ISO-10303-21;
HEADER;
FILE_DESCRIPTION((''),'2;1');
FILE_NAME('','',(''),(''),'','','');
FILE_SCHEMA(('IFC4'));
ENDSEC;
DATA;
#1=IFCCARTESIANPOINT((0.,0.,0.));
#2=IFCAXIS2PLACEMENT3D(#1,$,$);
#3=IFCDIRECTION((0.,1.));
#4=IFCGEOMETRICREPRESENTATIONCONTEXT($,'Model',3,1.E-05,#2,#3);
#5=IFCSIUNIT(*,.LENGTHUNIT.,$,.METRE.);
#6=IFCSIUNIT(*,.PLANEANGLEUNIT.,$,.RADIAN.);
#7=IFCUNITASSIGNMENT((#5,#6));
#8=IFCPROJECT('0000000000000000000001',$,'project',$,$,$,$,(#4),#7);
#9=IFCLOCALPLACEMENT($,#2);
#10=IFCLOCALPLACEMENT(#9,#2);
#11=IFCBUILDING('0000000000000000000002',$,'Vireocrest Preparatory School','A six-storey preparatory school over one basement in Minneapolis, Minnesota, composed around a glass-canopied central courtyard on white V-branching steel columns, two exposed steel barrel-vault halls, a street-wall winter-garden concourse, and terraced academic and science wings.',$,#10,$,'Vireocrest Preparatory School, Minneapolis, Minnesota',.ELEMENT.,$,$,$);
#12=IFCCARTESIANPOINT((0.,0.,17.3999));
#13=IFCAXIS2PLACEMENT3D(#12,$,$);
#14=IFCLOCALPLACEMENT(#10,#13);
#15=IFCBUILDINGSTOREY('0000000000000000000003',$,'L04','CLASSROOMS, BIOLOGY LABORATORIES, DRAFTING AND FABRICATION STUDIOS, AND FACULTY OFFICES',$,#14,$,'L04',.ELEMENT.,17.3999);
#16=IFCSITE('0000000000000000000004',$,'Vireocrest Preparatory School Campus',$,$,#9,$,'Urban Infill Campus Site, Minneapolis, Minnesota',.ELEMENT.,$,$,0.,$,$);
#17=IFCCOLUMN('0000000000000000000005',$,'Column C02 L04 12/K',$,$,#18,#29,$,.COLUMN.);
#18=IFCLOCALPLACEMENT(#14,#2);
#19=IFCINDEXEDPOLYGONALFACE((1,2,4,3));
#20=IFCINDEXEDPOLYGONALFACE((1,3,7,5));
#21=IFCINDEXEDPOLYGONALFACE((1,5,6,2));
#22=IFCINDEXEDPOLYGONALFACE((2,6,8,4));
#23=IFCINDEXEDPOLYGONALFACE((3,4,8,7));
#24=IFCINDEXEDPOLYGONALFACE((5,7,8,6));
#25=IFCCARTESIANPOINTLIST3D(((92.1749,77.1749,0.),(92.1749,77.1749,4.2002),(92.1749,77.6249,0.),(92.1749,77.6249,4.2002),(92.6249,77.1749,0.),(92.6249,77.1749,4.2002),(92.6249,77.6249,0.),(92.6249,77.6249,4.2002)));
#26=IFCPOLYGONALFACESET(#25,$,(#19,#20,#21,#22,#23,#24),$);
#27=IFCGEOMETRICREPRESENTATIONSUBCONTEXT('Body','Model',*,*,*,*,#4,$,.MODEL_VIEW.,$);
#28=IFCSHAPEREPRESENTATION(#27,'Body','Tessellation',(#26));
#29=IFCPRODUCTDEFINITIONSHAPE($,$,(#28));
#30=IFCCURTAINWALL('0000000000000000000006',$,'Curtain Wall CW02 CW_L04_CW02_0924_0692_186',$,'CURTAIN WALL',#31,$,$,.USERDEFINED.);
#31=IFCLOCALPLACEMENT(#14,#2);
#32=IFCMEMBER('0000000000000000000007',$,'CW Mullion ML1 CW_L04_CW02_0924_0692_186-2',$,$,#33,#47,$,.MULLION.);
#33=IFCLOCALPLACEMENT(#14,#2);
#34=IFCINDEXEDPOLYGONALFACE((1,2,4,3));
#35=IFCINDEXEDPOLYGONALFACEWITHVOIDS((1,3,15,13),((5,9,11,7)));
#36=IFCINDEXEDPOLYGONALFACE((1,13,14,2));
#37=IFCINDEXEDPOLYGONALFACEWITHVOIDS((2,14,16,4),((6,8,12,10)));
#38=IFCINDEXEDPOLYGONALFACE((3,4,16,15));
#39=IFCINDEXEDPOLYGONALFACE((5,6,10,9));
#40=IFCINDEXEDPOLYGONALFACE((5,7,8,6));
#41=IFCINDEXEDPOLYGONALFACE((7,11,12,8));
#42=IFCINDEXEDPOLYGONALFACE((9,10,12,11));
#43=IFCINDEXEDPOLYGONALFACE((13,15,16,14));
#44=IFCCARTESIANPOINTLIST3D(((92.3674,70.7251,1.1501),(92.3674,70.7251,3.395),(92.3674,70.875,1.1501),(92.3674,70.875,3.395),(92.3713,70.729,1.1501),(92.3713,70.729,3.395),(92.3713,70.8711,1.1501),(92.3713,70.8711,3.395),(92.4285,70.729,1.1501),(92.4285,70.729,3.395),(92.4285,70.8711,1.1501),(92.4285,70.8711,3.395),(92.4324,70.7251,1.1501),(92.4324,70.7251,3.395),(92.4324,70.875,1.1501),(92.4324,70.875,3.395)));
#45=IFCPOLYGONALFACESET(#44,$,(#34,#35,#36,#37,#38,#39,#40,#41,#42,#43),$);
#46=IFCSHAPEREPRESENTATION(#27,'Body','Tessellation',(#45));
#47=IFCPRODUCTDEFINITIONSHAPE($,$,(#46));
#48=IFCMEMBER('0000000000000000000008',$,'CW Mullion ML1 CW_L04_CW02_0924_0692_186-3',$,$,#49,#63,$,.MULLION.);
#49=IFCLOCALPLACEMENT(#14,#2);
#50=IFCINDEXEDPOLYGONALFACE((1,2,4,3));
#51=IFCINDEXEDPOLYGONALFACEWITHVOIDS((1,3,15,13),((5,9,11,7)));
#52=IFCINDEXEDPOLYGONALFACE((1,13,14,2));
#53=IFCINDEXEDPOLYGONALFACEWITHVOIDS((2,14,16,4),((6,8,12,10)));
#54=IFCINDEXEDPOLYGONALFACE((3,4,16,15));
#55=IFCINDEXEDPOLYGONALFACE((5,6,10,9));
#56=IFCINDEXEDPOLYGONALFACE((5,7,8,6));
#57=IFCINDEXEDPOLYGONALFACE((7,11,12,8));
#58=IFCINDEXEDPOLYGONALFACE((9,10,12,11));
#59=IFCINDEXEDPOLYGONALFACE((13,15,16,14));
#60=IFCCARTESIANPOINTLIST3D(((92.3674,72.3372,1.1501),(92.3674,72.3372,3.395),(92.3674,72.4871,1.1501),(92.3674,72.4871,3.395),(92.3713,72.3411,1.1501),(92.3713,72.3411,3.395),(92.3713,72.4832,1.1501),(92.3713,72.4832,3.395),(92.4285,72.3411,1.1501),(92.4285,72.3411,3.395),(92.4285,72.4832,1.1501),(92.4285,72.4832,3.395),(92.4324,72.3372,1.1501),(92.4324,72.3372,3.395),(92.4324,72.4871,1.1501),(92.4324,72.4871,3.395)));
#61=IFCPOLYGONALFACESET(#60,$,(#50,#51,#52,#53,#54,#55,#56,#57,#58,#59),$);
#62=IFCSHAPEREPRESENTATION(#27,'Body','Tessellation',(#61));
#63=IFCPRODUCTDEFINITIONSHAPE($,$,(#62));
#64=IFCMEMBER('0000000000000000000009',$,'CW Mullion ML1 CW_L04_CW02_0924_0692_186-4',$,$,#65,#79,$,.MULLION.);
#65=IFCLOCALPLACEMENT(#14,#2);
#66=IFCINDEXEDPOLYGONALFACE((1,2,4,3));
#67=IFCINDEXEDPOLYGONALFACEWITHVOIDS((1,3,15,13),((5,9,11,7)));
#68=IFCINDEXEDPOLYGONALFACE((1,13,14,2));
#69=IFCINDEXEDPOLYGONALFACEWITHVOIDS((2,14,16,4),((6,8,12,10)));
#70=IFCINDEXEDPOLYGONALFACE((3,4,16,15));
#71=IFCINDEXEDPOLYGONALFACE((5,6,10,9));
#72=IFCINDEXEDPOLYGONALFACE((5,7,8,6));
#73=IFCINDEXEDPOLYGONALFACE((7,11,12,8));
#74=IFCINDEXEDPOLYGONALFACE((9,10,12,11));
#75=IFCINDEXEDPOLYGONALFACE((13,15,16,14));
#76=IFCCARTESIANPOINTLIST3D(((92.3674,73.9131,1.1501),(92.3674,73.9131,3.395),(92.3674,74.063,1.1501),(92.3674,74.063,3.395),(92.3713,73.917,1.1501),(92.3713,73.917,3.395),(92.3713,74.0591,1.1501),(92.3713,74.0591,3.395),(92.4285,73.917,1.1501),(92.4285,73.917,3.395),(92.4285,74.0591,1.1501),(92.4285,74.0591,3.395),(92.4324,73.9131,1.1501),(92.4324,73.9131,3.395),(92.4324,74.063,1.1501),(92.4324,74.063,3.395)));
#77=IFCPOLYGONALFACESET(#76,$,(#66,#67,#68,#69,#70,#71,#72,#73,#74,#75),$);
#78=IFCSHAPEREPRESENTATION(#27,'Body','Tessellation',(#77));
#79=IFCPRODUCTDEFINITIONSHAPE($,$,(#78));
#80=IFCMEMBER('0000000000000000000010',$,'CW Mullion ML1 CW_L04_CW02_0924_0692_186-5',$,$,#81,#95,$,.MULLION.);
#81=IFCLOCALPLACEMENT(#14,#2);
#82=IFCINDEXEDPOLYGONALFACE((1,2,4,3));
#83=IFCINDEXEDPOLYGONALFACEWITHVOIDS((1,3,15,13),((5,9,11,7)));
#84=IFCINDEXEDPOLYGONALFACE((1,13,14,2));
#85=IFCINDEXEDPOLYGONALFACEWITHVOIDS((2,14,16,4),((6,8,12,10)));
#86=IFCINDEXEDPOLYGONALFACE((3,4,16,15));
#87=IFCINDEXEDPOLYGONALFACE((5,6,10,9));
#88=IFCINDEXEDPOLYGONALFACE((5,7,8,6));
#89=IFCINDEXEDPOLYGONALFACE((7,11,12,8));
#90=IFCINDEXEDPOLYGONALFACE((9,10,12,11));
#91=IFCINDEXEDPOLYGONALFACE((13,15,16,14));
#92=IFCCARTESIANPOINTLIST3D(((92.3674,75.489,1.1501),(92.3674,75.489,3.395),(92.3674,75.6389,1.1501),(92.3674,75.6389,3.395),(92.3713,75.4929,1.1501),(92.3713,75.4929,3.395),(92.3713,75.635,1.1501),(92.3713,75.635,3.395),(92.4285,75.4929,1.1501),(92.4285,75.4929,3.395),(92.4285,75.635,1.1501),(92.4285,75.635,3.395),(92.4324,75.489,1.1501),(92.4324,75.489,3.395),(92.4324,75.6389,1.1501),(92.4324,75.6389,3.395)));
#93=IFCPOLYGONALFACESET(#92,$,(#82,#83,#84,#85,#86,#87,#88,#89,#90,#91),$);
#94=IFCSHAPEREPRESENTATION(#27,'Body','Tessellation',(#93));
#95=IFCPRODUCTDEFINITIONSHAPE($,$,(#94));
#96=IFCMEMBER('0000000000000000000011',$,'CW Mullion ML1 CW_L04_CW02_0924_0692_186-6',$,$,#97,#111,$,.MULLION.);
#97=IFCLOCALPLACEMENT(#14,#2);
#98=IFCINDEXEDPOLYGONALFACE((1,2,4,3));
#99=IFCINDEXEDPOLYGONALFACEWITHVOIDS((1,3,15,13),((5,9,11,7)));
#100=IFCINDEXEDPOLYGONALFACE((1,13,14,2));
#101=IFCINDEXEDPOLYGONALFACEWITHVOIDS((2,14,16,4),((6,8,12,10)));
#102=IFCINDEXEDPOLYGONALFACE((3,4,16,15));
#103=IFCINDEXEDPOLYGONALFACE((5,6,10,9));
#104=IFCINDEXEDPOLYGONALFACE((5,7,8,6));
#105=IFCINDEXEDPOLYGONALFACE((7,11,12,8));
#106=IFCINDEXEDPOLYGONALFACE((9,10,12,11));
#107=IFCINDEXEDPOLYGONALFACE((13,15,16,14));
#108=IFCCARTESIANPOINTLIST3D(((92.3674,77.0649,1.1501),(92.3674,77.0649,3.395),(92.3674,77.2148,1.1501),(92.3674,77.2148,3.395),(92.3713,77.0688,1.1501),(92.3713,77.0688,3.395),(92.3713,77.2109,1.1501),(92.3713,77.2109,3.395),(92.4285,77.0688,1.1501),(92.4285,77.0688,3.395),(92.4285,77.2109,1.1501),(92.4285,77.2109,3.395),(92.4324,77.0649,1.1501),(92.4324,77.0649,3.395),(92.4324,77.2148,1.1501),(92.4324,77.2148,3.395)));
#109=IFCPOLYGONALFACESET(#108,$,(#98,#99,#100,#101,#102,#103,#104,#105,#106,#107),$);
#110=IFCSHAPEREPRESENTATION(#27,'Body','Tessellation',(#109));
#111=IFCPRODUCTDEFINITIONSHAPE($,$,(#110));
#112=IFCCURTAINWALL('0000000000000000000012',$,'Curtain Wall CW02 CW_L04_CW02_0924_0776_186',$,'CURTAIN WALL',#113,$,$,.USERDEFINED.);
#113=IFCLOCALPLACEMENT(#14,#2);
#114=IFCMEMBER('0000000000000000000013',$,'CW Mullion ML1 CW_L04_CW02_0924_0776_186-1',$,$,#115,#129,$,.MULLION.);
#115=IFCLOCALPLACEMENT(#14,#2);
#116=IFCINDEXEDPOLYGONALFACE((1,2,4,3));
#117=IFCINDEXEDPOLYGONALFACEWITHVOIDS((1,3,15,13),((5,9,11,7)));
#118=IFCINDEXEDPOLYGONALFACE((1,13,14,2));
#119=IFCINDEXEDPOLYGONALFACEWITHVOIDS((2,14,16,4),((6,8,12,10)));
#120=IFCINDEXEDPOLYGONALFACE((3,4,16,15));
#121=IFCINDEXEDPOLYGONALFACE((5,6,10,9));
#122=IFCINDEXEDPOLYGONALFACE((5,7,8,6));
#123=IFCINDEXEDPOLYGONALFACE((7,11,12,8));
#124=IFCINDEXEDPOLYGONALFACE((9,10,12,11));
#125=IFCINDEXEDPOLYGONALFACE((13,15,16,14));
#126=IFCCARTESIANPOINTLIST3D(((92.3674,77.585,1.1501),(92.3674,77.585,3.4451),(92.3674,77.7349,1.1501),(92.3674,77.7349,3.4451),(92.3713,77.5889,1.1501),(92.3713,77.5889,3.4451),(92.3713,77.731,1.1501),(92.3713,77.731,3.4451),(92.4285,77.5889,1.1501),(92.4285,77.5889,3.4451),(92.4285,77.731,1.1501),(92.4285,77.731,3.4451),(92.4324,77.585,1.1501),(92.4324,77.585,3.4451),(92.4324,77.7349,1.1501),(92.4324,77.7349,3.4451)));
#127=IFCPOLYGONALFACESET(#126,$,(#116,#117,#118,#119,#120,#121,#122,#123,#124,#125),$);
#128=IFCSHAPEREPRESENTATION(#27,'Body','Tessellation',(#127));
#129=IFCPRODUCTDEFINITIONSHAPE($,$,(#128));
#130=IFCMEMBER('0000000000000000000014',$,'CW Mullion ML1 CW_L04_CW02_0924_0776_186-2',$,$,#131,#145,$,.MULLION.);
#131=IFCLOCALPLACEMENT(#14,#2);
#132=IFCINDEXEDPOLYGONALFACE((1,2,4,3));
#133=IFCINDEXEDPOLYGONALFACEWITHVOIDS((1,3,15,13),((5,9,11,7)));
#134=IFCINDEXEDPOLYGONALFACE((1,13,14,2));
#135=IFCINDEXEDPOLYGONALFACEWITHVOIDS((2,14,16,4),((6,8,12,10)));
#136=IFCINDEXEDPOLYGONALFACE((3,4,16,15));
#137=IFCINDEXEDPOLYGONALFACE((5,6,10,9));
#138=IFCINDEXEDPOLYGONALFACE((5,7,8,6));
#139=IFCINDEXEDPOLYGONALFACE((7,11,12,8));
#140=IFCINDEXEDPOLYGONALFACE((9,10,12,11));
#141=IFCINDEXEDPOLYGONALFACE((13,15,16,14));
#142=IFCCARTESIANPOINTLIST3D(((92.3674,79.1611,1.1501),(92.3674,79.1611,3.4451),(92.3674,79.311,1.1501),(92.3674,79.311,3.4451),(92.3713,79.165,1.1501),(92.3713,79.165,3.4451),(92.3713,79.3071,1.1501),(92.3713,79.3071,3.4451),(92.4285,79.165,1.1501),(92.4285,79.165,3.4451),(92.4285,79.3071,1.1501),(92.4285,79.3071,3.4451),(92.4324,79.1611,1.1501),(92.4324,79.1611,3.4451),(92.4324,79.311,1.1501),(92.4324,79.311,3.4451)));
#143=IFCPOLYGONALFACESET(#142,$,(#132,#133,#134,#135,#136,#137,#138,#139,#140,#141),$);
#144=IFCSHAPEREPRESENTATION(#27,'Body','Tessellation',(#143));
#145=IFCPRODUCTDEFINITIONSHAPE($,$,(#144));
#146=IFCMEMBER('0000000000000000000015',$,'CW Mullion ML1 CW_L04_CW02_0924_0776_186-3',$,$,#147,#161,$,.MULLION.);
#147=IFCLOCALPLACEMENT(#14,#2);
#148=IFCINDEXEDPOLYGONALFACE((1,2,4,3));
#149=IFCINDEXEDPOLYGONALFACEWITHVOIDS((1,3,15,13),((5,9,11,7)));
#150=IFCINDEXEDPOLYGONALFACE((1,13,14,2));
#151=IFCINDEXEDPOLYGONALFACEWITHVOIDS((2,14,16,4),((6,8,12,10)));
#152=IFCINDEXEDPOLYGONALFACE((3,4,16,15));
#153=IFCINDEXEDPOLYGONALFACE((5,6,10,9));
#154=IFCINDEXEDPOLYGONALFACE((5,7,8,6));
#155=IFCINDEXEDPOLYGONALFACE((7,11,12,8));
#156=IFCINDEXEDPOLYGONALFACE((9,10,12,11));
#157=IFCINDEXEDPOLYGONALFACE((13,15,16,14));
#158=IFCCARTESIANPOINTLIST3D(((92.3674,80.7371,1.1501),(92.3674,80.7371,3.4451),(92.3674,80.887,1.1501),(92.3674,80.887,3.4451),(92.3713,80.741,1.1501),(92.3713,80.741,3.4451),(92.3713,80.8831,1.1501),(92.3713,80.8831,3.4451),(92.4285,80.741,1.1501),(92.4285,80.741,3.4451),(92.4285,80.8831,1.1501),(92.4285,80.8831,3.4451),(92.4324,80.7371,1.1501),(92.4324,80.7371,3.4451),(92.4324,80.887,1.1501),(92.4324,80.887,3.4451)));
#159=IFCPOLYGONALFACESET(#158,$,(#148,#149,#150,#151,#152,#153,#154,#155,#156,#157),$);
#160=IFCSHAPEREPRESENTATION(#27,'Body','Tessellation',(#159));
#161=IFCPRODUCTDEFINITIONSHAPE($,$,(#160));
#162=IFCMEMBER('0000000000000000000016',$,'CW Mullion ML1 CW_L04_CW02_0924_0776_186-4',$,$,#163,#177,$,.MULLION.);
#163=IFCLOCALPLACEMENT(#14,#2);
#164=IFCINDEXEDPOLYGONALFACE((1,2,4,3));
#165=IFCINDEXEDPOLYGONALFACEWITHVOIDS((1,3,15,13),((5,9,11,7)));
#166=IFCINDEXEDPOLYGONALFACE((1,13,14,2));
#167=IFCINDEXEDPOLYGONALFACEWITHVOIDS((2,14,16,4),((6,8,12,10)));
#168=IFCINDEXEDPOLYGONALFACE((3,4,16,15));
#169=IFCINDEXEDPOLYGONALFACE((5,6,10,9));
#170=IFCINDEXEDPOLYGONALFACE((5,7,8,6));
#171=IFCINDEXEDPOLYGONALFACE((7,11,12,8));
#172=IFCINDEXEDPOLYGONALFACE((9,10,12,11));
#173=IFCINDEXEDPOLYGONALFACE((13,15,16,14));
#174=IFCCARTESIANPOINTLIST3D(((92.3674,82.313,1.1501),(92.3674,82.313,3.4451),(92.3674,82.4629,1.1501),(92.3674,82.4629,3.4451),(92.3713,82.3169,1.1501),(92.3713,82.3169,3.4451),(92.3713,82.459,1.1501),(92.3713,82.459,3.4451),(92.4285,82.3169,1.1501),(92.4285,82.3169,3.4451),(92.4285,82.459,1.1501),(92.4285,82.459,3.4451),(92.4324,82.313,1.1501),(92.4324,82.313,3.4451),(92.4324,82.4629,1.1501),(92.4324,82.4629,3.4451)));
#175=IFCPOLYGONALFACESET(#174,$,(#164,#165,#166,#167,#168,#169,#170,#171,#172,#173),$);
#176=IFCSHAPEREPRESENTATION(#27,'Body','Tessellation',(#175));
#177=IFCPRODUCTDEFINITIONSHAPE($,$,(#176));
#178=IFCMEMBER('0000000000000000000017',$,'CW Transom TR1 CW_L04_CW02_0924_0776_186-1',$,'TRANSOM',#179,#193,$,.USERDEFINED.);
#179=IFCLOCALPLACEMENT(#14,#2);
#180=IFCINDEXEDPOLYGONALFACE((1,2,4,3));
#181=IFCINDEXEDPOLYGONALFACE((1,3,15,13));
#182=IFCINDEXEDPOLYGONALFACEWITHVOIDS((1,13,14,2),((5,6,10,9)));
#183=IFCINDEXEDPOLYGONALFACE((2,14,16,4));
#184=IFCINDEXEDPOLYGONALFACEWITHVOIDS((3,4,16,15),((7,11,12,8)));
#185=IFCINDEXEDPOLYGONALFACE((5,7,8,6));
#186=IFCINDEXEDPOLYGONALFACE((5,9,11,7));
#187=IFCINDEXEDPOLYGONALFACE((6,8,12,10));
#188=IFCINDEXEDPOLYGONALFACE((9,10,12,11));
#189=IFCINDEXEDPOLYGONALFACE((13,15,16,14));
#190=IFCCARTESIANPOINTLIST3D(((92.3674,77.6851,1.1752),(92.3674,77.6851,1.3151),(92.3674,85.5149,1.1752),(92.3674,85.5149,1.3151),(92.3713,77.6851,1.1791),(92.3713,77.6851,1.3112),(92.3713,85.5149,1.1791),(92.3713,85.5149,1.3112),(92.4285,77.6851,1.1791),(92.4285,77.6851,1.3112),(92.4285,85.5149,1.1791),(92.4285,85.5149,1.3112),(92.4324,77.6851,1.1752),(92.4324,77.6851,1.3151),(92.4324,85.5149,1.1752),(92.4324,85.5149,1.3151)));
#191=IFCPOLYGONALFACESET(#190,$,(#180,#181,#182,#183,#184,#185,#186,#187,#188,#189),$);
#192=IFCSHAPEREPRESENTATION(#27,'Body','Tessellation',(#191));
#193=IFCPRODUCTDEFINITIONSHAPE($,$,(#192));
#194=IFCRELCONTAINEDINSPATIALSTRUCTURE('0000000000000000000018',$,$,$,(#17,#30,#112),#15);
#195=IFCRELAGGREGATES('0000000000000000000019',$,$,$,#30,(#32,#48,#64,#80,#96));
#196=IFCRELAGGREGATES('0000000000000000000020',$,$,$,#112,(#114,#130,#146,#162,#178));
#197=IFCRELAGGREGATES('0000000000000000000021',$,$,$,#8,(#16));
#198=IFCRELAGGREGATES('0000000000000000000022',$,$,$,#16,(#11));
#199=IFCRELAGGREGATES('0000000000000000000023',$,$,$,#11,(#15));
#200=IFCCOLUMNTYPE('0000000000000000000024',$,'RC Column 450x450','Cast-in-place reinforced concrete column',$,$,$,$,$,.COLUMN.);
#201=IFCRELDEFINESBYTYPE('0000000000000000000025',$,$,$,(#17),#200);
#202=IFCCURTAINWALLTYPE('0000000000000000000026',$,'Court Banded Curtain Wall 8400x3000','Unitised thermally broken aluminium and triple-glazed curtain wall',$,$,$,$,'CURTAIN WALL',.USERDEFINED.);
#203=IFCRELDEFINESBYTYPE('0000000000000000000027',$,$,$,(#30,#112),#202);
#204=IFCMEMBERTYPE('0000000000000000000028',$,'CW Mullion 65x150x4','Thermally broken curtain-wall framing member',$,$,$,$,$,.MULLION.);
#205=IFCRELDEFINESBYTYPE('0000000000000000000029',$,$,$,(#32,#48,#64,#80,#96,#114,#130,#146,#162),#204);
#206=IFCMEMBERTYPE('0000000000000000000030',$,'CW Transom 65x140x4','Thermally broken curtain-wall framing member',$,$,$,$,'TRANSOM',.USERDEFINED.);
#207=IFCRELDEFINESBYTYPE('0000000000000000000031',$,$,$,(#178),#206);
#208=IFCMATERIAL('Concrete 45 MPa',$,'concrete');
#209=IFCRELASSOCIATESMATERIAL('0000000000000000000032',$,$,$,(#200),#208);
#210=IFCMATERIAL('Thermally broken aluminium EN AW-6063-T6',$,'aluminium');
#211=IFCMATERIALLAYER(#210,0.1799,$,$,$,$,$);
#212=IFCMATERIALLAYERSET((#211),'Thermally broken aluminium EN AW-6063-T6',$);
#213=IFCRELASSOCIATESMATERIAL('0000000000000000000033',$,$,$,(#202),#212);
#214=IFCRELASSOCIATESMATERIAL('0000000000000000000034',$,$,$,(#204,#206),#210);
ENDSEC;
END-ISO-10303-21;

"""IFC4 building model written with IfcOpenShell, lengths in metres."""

from ifc_helpers import new_model, si_unit, direction, frame, origin, origin_2d, place, context, subcontext, project, spatial, rectangle, hollow_rectangle, extrude, material, layer, layer_set, material_profile, profile_set, type_object, element, aggregate, save


model = new_model("IFC4")

# Units and contexts
model_context = context("Model", 3, precision=1e-05, world=origin(), true_north=direction((0.0, 1.0)))
body_context = subcontext(model_context, "Body", "Model", "MODEL_VIEW")
ifc_project = project(units=[si_unit("LENGTHUNIT", "METRE"), si_unit("PLANEANGLEUNIT", "RADIAN")], contexts=[model_context])

# Site, building, storey
site_placement = place(None, origin())
site = spatial("IfcSite", under=ifc_project, at=site_placement, Name="Vireocrest Preparatory School Campus", LongName="Urban Infill Campus Site, Minneapolis, Minnesota", CompositionType="ELEMENT", RefElevation=0.0)
building_placement = place(site_placement, origin())
building = spatial("IfcBuilding", under=site, at=building_placement, Name="Vireocrest Preparatory School", Description="A six-storey preparatory school over one basement in Minneapolis, Minnesota, composed around a glass-canopied central courtyard on white V-branching steel columns, two exposed steel barrel-vault halls, a street-wall winter-garden concourse, and terraced academic and science wings.", LongName="Vireocrest Preparatory School, Minneapolis, Minnesota", CompositionType="ELEMENT")
storey_placement = place(building_placement, frame((0.0, 0.0, 17.3999)))
storey = spatial("IfcBuildingStorey", under=building, at=storey_placement, Name="L04", Description="CLASSROOMS, BIOLOGY LABORATORIES, DRAFTING AND FABRICATION STUDIOS, AND FACULTY OFFICES", LongName="L04", CompositionType="ELEMENT", Elevation=17.3999)

# Column
ifc_material_1 = material(Name="Concrete 45 MPa", Category="concrete")
ifc_material_profile_1 = material_profile(ifc_material_1, rectangle(XDim=0.45, YDim=0.45, at=origin_2d()), Name="RC 450x450")
ifc_profile_set_1 = profile_set([ifc_material_profile_1], Name="Concrete 45 MPa")
column_type = type_object("IfcColumnType", Name="RC Column 450x450", Description="Cast-in-place reinforced concrete column", PredefinedType="COLUMN", material=ifc_profile_set_1)
column_placement = place(storey_placement, frame((92.3999, 77.3999, 0.0), z_axis=(0.0, 0.0, 1.0), x_axis=(1.0, 0.0, 0.0)))
element("IfcColumn", 1, at=column_placement, inside=storey, type_object=column_type, Name="Column C02 L04 12/K", PredefinedType="COLUMN", context=body_context, shape_type="SweptSolid", body=[
    extrude(rectangle(XDim=0.45, YDim=0.45, at=origin_2d()), origin(), (0.0, 0.0, 1.0), 4.2002),
])

# Curtain walls, members
ifc_material_2 = material(Name="Thermally broken aluminium EN AW-6063-T6", Category="aluminium")
ifc_layer_1 = layer(ifc_material_2, 0.1799)
ifc_layer_set_1 = layer_set([ifc_layer_1], Name="Thermally broken aluminium EN AW-6063-T6")
curtain_wall_type = type_object("IfcCurtainWallType", Name="Court Banded Curtain Wall 8400x3000", Description="Unitised thermally broken aluminium and triple-glazed curtain wall", ElementType="CURTAIN WALL", PredefinedType="USERDEFINED", material=ifc_layer_set_1)
curtain_wall_1_placement = place(storey_placement, origin())
curtain_wall_1 = element("IfcCurtainWall", 2, at=curtain_wall_1_placement, inside=storey, type_object=curtain_wall_type, Name="Curtain Wall CW02 CW_L04_CW02_0924_0692_186", ObjectType="CURTAIN WALL", PredefinedType="USERDEFINED")
ifc_material_profile_2 = material_profile(ifc_material_2, hollow_rectangle(XDim=0.0649, YDim=0.1499, WallThickness=0.0039, at=origin_2d()), Name="ALU 65x150x4")
ifc_profile_set_2 = profile_set([ifc_material_profile_2], Name="Thermally broken aluminium EN AW-6063-T6")
member_type_1 = type_object("IfcMemberType", Name="CW Mullion 65x150x4", Description="Thermally broken curtain-wall framing member", PredefinedType="MULLION", material=ifc_profile_set_2)
member_1_placement = place(storey_placement, frame((92.3999, 70.8, 1.1501), z_axis=(0.0, 0.0, 1.0), x_axis=(1.0, 0.0, 0.0)))
member_1 = element("IfcMember", 3, at=member_1_placement, type_object=member_type_1, Name="CW Mullion ML1 CW_L04_CW02_0924_0692_186-2", PredefinedType="MULLION", context=body_context, shape_type="SweptSolid", body=[
    extrude(hollow_rectangle(XDim=0.0649, YDim=0.1499, WallThickness=0.0039, at=origin_2d()), origin(), (0.0, 0.0, 1.0), 2.2449),
])
member_2_placement = place(storey_placement, frame((92.3999, 72.4121, 1.1501), z_axis=(0.0, 0.0, 1.0), x_axis=(1.0, 0.0, 0.0)))
member_2 = element("IfcMember", 4, at=member_2_placement, type_object=member_type_1, Name="CW Mullion ML1 CW_L04_CW02_0924_0692_186-3", PredefinedType="MULLION", context=body_context, shape_type="SweptSolid", body=[
    extrude(hollow_rectangle(XDim=0.0649, YDim=0.1499, WallThickness=0.0039, at=origin_2d()), origin(), (0.0, 0.0, 1.0), 2.2449),
])
member_3_placement = place(storey_placement, frame((92.3999, 73.988, 1.1501), z_axis=(0.0, 0.0, 1.0), x_axis=(1.0, 0.0, 0.0)))
member_3 = element("IfcMember", 5, at=member_3_placement, type_object=member_type_1, Name="CW Mullion ML1 CW_L04_CW02_0924_0692_186-4", PredefinedType="MULLION", context=body_context, shape_type="SweptSolid", body=[
    extrude(hollow_rectangle(XDim=0.0649, YDim=0.1499, WallThickness=0.0039, at=origin_2d()), origin(), (0.0, 0.0, 1.0), 2.2449),
])
member_4_placement = place(storey_placement, frame((92.3999, 75.564, 1.1501), z_axis=(0.0, 0.0, 1.0), x_axis=(1.0, 0.0, 0.0)))
member_4 = element("IfcMember", 6, at=member_4_placement, type_object=member_type_1, Name="CW Mullion ML1 CW_L04_CW02_0924_0692_186-5", PredefinedType="MULLION", context=body_context, shape_type="SweptSolid", body=[
    extrude(hollow_rectangle(XDim=0.0649, YDim=0.1499, WallThickness=0.0039, at=origin_2d()), origin(), (0.0, 0.0, 1.0), 2.2449),
])
member_5_placement = place(storey_placement, frame((92.3999, 77.1399, 1.1501), z_axis=(0.0, 0.0, 1.0), x_axis=(1.0, 0.0, 0.0)))
member_5 = element("IfcMember", 7, at=member_5_placement, type_object=member_type_1, Name="CW Mullion ML1 CW_L04_CW02_0924_0692_186-6", PredefinedType="MULLION", context=body_context, shape_type="SweptSolid", body=[
    extrude(hollow_rectangle(XDim=0.0649, YDim=0.1499, WallThickness=0.0039, at=origin_2d()), origin(), (0.0, 0.0, 1.0), 2.2449),
])
curtain_wall_2_placement = place(storey_placement, origin())
curtain_wall_2 = element("IfcCurtainWall", 8, at=curtain_wall_2_placement, inside=storey, type_object=curtain_wall_type, Name="Curtain Wall CW02 CW_L04_CW02_0924_0776_186", ObjectType="CURTAIN WALL", PredefinedType="USERDEFINED")
member_6_placement = place(storey_placement, frame((92.3999, 77.6599, 1.1501), z_axis=(0.0, 0.0, 1.0), x_axis=(1.0, 0.0, 0.0)))
member_6 = element("IfcMember", 9, at=member_6_placement, type_object=member_type_1, Name="CW Mullion ML1 CW_L04_CW02_0924_0776_186-1", PredefinedType="MULLION", context=body_context, shape_type="SweptSolid", body=[
    extrude(hollow_rectangle(XDim=0.0649, YDim=0.1499, WallThickness=0.0039, at=origin_2d()), origin(), (0.0, 0.0, 1.0), 2.2949),
])
member_7_placement = place(storey_placement, frame((92.3999, 79.2361, 1.1501), z_axis=(0.0, 0.0, 1.0), x_axis=(1.0, 0.0, 0.0)))
member_7 = element("IfcMember", 10, at=member_7_placement, type_object=member_type_1, Name="CW Mullion ML1 CW_L04_CW02_0924_0776_186-2", PredefinedType="MULLION", context=body_context, shape_type="SweptSolid", body=[
    extrude(hollow_rectangle(XDim=0.0649, YDim=0.1499, WallThickness=0.0039, at=origin_2d()), origin(), (0.0, 0.0, 1.0), 2.2949),
])
member_8_placement = place(storey_placement, frame((92.3999, 80.812, 1.1501), z_axis=(0.0, 0.0, 1.0), x_axis=(1.0, 0.0, 0.0)))
member_8 = element("IfcMember", 11, at=member_8_placement, type_object=member_type_1, Name="CW Mullion ML1 CW_L04_CW02_0924_0776_186-3", PredefinedType="MULLION", context=body_context, shape_type="SweptSolid", body=[
    extrude(hollow_rectangle(XDim=0.0649, YDim=0.1499, WallThickness=0.0039, at=origin_2d()), origin(), (0.0, 0.0, 1.0), 2.2949),
])
member_9_placement = place(storey_placement, frame((92.3999, 82.3879, 1.1501), z_axis=(0.0, 0.0, 1.0), x_axis=(1.0, 0.0, 0.0)))
member_9 = element("IfcMember", 12, at=member_9_placement, type_object=member_type_1, Name="CW Mullion ML1 CW_L04_CW02_0924_0776_186-4", PredefinedType="MULLION", context=body_context, shape_type="SweptSolid", body=[
    extrude(hollow_rectangle(XDim=0.0649, YDim=0.1499, WallThickness=0.0039, at=origin_2d()), origin(), (0.0, 0.0, 1.0), 2.2949),
])
ifc_material_profile_3 = material_profile(ifc_material_2, hollow_rectangle(XDim=0.0649, YDim=0.1399, WallThickness=0.0039, at=origin_2d()), Name="ALU 65x140x4")
ifc_profile_set_3 = profile_set([ifc_material_profile_3], Name="Thermally broken aluminium EN AW-6063-T6")
member_type_2 = type_object("IfcMemberType", Name="CW Transom 65x140x4", Description="Thermally broken curtain-wall framing member", ElementType="TRANSOM", PredefinedType="USERDEFINED", material=ifc_profile_set_3)
member_10_placement = place(storey_placement, frame((92.3999, 77.6851, 1.2451), z_axis=(0.0, 1.0, 0.0), x_axis=(-1.0, 0.0, 0.0)))
member_10 = element("IfcMember", 13, at=member_10_placement, type_object=member_type_2, Name="CW Transom TR1 CW_L04_CW02_0924_0776_186-1", ObjectType="TRANSOM", PredefinedType="USERDEFINED", context=body_context, shape_type="SweptSolid", body=[
    extrude(hollow_rectangle(XDim=0.0649, YDim=0.1399, WallThickness=0.0039, at=origin_2d()), origin(), (0.0, 0.0, 1.0), 7.8298),
])

aggregate(curtain_wall_1, [member_1, member_2, member_3, member_4, member_5])
aggregate(curtain_wall_2, [member_6, member_7, member_8, member_9, member_10])

save(model, "model.ifc")
